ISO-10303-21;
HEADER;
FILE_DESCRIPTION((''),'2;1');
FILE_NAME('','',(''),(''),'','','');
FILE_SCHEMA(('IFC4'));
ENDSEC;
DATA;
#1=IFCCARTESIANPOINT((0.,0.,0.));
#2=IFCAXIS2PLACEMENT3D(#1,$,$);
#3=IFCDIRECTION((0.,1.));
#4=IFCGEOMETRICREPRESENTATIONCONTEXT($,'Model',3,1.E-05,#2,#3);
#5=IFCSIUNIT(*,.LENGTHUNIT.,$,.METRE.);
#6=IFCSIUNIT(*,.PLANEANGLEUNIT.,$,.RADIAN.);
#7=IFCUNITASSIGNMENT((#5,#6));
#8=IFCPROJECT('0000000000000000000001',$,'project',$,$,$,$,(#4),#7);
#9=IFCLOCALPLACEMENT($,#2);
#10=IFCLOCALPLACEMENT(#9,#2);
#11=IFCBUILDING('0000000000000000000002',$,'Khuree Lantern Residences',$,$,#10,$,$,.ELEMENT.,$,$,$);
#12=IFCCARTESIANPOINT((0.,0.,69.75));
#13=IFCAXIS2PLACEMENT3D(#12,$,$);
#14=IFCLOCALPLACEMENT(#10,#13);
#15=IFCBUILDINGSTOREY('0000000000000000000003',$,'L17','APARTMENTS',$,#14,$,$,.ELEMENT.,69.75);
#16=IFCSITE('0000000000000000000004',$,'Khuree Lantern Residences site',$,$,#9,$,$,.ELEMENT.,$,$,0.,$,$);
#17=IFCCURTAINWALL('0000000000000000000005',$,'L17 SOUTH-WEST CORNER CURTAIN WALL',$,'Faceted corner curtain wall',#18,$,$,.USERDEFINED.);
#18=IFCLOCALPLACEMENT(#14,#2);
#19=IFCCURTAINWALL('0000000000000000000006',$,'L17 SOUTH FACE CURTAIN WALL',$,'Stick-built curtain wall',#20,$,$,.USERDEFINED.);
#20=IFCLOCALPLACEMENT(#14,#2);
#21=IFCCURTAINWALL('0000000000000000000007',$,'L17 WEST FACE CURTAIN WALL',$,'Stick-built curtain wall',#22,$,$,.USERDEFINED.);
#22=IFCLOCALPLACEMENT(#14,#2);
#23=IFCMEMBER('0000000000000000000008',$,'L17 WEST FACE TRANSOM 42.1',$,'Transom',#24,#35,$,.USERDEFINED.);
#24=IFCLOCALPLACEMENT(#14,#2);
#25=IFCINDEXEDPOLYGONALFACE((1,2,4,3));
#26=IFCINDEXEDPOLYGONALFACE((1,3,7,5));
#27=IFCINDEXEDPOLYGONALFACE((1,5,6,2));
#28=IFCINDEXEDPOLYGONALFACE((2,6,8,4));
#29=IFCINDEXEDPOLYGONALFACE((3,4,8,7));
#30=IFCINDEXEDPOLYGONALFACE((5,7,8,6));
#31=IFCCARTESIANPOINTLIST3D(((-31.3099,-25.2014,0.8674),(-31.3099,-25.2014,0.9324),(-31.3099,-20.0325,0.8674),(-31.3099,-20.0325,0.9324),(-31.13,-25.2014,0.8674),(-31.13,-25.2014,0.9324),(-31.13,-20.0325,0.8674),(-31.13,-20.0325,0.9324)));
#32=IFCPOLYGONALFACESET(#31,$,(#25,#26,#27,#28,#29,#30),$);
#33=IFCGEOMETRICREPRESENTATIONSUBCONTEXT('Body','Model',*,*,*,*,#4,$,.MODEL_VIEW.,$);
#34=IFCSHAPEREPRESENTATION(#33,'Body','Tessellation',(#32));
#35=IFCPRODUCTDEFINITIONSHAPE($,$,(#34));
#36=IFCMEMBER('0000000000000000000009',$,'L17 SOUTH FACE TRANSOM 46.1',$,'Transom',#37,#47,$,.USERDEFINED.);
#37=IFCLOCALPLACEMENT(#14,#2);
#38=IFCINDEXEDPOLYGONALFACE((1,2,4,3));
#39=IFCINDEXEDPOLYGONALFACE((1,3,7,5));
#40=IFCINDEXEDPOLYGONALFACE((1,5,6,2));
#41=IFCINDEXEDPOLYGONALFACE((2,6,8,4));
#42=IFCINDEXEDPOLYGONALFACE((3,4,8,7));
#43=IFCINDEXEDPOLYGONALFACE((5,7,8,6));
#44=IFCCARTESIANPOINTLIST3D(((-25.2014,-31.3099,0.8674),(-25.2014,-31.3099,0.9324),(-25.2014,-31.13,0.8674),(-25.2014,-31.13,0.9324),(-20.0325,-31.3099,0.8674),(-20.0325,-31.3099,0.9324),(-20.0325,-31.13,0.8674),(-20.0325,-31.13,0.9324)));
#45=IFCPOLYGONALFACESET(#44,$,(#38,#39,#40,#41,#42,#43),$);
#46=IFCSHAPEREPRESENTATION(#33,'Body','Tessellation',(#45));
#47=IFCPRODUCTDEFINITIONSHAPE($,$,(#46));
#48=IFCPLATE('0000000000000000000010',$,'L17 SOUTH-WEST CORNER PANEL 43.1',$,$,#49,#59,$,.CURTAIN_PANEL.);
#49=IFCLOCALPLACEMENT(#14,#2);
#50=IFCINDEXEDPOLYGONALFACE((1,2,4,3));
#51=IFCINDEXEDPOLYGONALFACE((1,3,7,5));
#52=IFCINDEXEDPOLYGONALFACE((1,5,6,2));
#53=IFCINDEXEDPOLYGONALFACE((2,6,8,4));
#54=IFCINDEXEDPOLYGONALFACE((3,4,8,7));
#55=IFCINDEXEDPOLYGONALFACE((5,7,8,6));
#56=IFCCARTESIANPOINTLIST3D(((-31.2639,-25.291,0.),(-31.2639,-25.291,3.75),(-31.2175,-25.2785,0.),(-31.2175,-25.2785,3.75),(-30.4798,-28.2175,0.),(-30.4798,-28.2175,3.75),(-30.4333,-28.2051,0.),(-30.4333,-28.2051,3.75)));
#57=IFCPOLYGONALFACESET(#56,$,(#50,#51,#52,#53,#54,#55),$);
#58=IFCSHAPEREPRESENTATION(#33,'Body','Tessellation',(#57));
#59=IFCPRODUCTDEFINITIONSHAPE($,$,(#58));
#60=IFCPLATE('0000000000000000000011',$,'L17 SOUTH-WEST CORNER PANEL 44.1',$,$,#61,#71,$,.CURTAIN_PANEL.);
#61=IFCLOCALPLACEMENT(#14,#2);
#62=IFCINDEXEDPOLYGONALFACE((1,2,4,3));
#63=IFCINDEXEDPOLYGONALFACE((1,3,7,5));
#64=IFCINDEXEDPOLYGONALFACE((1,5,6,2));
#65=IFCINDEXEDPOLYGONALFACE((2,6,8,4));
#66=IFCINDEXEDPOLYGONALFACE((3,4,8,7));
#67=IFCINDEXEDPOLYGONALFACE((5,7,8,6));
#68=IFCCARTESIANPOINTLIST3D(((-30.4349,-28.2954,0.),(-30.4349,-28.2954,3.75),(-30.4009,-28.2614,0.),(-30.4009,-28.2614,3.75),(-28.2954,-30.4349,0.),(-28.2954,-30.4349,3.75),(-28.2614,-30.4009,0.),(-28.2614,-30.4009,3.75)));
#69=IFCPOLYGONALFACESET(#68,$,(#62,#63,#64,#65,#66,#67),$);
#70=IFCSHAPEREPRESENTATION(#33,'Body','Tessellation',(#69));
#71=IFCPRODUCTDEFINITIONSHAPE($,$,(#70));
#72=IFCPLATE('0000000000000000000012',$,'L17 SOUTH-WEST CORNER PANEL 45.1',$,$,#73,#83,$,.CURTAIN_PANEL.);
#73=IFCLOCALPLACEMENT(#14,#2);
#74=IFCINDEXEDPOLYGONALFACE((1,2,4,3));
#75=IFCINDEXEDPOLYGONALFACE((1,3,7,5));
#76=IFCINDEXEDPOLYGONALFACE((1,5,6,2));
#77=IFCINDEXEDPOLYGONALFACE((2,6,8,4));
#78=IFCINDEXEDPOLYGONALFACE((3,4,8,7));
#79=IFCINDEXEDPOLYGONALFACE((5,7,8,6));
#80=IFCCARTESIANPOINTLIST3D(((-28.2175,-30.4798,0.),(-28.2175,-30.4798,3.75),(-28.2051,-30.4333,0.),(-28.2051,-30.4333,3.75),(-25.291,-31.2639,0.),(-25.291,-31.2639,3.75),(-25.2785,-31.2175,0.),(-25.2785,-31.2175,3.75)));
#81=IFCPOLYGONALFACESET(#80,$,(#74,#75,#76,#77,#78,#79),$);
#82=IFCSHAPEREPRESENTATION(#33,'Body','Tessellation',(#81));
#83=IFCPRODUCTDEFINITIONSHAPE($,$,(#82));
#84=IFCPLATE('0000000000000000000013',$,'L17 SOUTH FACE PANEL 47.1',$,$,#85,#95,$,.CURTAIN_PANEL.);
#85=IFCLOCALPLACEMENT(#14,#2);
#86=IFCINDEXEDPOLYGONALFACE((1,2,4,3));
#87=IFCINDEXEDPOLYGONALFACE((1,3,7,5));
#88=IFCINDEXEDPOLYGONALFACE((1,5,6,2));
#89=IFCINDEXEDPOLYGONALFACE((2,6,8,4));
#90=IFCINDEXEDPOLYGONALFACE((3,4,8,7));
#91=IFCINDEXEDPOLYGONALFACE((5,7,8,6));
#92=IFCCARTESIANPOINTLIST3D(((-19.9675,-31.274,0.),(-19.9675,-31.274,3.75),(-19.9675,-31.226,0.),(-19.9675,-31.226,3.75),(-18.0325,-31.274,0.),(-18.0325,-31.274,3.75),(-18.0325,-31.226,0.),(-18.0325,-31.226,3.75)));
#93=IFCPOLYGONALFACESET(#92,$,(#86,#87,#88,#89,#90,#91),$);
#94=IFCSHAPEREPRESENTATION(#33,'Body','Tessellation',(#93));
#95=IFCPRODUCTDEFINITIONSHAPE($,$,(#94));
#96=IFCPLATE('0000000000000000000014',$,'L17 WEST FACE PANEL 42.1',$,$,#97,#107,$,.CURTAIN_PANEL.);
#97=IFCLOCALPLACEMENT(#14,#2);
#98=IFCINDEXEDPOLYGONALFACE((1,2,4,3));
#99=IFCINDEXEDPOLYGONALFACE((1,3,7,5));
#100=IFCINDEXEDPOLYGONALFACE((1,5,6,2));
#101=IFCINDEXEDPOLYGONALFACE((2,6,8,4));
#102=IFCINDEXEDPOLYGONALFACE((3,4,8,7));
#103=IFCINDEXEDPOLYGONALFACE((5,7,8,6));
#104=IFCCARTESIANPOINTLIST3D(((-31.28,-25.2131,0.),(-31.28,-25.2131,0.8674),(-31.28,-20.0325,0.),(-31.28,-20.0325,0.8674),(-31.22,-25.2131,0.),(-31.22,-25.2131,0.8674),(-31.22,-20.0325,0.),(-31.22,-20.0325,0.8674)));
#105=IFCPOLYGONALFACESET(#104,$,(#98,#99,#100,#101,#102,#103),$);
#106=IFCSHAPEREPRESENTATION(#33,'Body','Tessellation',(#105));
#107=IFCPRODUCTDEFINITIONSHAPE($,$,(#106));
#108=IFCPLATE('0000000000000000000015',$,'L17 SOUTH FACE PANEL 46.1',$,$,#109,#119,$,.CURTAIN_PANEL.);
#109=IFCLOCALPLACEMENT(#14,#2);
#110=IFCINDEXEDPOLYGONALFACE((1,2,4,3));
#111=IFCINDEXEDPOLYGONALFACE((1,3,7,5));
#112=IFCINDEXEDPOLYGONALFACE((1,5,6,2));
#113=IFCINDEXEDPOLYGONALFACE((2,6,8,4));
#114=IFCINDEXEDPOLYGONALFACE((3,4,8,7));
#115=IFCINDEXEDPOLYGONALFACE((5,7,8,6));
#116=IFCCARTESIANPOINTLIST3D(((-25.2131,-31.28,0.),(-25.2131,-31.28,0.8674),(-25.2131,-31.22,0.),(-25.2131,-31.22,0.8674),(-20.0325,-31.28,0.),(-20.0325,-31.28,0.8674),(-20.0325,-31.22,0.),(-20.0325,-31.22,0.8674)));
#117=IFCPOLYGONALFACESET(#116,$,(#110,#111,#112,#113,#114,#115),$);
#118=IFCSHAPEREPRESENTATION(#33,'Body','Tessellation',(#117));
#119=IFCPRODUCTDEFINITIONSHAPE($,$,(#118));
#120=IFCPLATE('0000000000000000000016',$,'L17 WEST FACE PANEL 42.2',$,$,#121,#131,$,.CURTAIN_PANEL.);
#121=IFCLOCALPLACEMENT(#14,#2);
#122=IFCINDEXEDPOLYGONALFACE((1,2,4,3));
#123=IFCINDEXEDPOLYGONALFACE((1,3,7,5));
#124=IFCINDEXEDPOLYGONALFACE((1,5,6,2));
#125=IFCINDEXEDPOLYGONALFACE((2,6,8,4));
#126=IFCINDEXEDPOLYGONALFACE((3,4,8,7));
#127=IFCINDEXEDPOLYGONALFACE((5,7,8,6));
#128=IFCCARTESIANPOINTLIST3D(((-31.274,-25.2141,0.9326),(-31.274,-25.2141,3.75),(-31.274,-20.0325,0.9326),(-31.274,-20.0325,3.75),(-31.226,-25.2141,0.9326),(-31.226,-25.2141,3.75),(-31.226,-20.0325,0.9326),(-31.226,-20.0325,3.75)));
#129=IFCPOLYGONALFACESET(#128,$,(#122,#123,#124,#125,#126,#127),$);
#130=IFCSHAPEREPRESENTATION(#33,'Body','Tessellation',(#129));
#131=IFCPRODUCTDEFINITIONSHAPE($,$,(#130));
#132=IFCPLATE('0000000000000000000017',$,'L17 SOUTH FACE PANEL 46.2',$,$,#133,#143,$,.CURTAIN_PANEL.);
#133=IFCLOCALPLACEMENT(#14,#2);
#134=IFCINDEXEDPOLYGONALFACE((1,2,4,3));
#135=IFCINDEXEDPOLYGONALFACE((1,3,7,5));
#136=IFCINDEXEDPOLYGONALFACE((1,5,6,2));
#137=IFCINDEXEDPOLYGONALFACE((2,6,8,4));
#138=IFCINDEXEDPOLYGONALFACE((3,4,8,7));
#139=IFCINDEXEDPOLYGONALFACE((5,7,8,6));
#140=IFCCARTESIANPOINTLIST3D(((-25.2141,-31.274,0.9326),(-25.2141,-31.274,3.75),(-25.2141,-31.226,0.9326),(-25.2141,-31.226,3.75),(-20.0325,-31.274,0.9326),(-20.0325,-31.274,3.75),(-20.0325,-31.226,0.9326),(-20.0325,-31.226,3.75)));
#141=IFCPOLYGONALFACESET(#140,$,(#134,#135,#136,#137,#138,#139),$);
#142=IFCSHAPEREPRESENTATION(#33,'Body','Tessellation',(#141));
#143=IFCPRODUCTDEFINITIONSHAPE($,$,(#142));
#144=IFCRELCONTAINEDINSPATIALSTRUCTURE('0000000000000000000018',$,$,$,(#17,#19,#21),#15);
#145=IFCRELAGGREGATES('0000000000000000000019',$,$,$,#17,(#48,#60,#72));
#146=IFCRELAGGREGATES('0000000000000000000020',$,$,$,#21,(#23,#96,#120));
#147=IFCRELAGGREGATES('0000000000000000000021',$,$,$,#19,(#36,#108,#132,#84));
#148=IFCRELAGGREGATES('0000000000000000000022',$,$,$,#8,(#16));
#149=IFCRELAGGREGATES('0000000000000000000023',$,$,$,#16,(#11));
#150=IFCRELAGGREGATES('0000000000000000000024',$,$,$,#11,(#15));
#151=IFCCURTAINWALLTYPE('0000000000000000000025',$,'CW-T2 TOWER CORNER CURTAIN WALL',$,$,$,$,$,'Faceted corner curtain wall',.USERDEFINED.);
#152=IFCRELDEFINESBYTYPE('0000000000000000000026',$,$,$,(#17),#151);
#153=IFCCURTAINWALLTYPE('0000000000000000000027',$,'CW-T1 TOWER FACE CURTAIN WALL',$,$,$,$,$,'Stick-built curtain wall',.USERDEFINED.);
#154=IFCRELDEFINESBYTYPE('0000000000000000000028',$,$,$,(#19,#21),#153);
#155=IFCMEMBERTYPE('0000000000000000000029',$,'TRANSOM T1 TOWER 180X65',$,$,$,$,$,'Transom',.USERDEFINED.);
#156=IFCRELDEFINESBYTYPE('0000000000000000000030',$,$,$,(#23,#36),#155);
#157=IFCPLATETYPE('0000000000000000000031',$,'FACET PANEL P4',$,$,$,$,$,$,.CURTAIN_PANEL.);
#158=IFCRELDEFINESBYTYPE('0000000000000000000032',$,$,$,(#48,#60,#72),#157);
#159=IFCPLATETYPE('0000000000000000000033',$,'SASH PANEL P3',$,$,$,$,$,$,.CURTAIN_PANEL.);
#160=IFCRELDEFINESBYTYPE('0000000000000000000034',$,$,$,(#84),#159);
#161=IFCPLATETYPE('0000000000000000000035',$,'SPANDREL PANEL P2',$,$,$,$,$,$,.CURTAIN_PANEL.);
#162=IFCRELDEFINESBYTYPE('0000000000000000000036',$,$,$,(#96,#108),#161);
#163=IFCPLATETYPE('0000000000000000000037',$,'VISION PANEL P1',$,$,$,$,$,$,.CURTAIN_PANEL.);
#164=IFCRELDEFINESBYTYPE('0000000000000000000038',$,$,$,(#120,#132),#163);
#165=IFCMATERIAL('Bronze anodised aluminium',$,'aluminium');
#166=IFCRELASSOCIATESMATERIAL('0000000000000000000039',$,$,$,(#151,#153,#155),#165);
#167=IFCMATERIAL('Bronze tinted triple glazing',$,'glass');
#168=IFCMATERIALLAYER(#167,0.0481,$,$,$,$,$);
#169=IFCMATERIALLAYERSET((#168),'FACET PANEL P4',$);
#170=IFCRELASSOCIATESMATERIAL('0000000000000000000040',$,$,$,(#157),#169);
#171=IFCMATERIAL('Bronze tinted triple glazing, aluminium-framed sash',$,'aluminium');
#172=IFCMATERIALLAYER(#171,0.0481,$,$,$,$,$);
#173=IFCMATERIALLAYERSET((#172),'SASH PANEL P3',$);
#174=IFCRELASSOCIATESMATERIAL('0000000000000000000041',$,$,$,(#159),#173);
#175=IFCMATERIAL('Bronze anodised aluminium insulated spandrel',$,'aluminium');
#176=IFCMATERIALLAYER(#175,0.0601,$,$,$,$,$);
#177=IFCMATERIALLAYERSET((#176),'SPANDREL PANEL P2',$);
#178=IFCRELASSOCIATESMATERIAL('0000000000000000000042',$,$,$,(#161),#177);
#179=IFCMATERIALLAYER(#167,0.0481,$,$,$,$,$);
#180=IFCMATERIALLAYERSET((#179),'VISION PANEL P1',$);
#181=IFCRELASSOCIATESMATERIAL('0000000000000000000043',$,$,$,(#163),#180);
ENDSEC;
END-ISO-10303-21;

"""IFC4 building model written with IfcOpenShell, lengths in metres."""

from ifc_helpers import new_model, si_unit, direction, frame, origin, origin_2d, place, context, subcontext, project, spatial, rectangle, extrude, material, layer, layer_set, material_profile, profile_set, type_object, element, aggregate, save


model = new_model("IFC4")

# Units and contexts
model_context = context("Model", 3, precision=1e-05, world=origin(), true_north=direction((0.0, 1.0)))
body_context = subcontext(model_context, "Body", "Model", "MODEL_VIEW")
ifc_project = project(units=[si_unit("LENGTHUNIT", "METRE"), si_unit("PLANEANGLEUNIT", "RADIAN")], contexts=[model_context])

# Site, building, storey
site_placement = place(None, origin())
site = spatial("IfcSite", under=ifc_project, at=site_placement, Name="Khuree Lantern Residences site", CompositionType="ELEMENT", RefElevation=0.0)
building_placement = place(site_placement, origin())
building = spatial("IfcBuilding", under=site, at=building_placement, Name="Khuree Lantern Residences", CompositionType="ELEMENT")
storey_placement = place(building_placement, frame((0.0, 0.0, 69.75)))
storey = spatial("IfcBuildingStorey", under=building, at=storey_placement, Name="L17", Description="APARTMENTS", CompositionType="ELEMENT", Elevation=69.75)

# Curtain walls
ifc_material_1 = material(Name="Bronze anodised aluminium", Category="aluminium")
curtain_wall_type_1 = type_object("IfcCurtainWallType", Name="CW-T2 TOWER CORNER CURTAIN WALL", ElementType="Faceted corner curtain wall", PredefinedType="USERDEFINED", material=ifc_material_1)
curtain_wall_1_placement = place(storey_placement, origin())
curtain_wall_1 = element("IfcCurtainWall", 1, at=curtain_wall_1_placement, inside=storey, type_object=curtain_wall_type_1, Name="L17 SOUTH-WEST CORNER CURTAIN WALL", ObjectType="Faceted corner curtain wall", PredefinedType="USERDEFINED")
curtain_wall_type_2 = type_object("IfcCurtainWallType", Name="CW-T1 TOWER FACE CURTAIN WALL", ElementType="Stick-built curtain wall", PredefinedType="USERDEFINED", material=ifc_material_1)
curtain_wall_2_placement = place(storey_placement, origin())
curtain_wall_2 = element("IfcCurtainWall", 2, at=curtain_wall_2_placement, inside=storey, type_object=curtain_wall_type_2, Name="L17 SOUTH FACE CURTAIN WALL", ObjectType="Stick-built curtain wall", PredefinedType="USERDEFINED")

# Curtain wall, member
curtain_wall_3_placement = place(storey_placement, origin())
curtain_wall_3 = element("IfcCurtainWall", 3, at=curtain_wall_3_placement, inside=storey, type_object=curtain_wall_type_2, Name="L17 WEST FACE CURTAIN WALL", ObjectType="Stick-built curtain wall", PredefinedType="USERDEFINED")
ifc_material_profile_1 = material_profile(ifc_material_1, rectangle(XDim=0.1799, YDim=0.0649, at=origin_2d()), Name="T1 180X65")
ifc_profile_set_1 = profile_set([ifc_material_profile_1], Name="Bronze anodised aluminium")
member_type_1 = type_object("IfcMemberType", Name="TRANSOM T1 TOWER 180X65", ElementType="Transom", PredefinedType="USERDEFINED", material=ifc_profile_set_1)
member_1_placement = place(storey_placement, frame((-31.22, -20.0325, 0.8999), z_axis=(0.0, -1.0, 0.0), x_axis=(1.0, 0.0, 0.0)))
member_1 = element("IfcMember", 4, at=member_1_placement, type_object=member_type_1, Name="L17 WEST FACE TRANSOM 42.1", ObjectType="Transom", PredefinedType="USERDEFINED", context=body_context, shape_type="SweptSolid", body=[
    extrude(rectangle(XDim=0.1799, YDim=0.0649, at=origin_2d()), origin(), (0.0, 0.0, 1.0), 5.1689),
])

# Member
member_2_placement = place(storey_placement, frame((-25.2014, -31.22, 0.8999), z_axis=(1.0, 0.0, 0.0), x_axis=(0.0, 1.0, 0.0)))
member_2 = element("IfcMember", 5, at=member_2_placement, type_object=member_type_1, Name="L17 SOUTH FACE TRANSOM 46.1", ObjectType="Transom", PredefinedType="USERDEFINED", context=body_context, shape_type="SweptSolid", body=[
    extrude(rectangle(XDim=0.1799, YDim=0.0649, at=origin_2d()), origin(), (0.0, 0.0, 1.0), 5.1689),
])

# Plates
ifc_material_2 = material(Name="Bronze tinted triple glazing", Category="glass")
ifc_layer_1 = layer(ifc_material_2, 0.0481)
ifc_layer_set_1 = layer_set([ifc_layer_1], Name="FACET PANEL P4")
plate_type_1 = type_object("IfcPlateType", Name="FACET PANEL P4", PredefinedType="CURTAIN_PANEL", material=ifc_layer_set_1)
plate_1_placement = place(storey_placement, frame((-30.8486, -26.748, 0.0), z_axis=(0.0, 0.0, 1.0), x_axis=(0.258819, -0.965926, 0.0)))
plate_1 = element("IfcPlate", 6, at=plate_1_placement, type_object=plate_type_1, Name="L17 SOUTH-WEST CORNER PANEL 43.1", PredefinedType="CURTAIN_PANEL", context=body_context, shape_type="SweptSolid", body=[
    extrude(rectangle(XDim=3.0298, YDim=0.0481, at=origin_2d()), origin(), (0.0, 0.0, 1.0), 3.75),
])
plate_2_placement = place(storey_placement, frame((-29.3481, -29.3481, 0.0), z_axis=(0.0, 0.0, 1.0), x_axis=(0.707107, -0.707107, 0.0)))
plate_2 = element("IfcPlate", 7, at=plate_2_placement, type_object=plate_type_1, Name="L17 SOUTH-WEST CORNER PANEL 44.1", PredefinedType="CURTAIN_PANEL", context=body_context, shape_type="SweptSolid", body=[
    extrude(rectangle(XDim=3.0256, YDim=0.0481, at=origin_2d()), origin(), (0.0, 0.0, 1.0), 3.75),
])
plate_3_placement = place(storey_placement, frame((-26.748, -30.8486, 0.0), z_axis=(0.0, 0.0, 1.0), x_axis=(0.965926, -0.258819, 0.0)))
plate_3 = element("IfcPlate", 8, at=plate_3_placement, type_object=plate_type_1, Name="L17 SOUTH-WEST CORNER PANEL 45.1", PredefinedType="CURTAIN_PANEL", context=body_context, shape_type="SweptSolid", body=[
    extrude(rectangle(XDim=3.0298, YDim=0.0481, at=origin_2d()), origin(), (0.0, 0.0, 1.0), 3.75),
])
aggregate(curtain_wall_1, [plate_1, plate_2, plate_3])
ifc_material_3 = material(Name="Bronze tinted triple glazing, aluminium-framed sash", Category="aluminium")
ifc_layer_2 = layer(ifc_material_3, 0.0481)
ifc_layer_set_2 = layer_set([ifc_layer_2], Name="SASH PANEL P3")
plate_type_2 = type_object("IfcPlateType", Name="SASH PANEL P3", PredefinedType="CURTAIN_PANEL", material=ifc_layer_set_2)
plate_4_placement = place(storey_placement, frame((-19.0, -31.25, 0.0), z_axis=(0.0, 0.0, 1.0), x_axis=(1.0, 0.0, 0.0)))
plate_4 = element("IfcPlate", 9, at=plate_4_placement, type_object=plate_type_2, Name="L17 SOUTH FACE PANEL 47.1", PredefinedType="CURTAIN_PANEL", context=body_context, shape_type="SweptSolid", body=[
    extrude(rectangle(XDim=1.9351, YDim=0.0481, at=origin_2d()), origin(), (0.0, 0.0, 1.0), 3.75),
])
ifc_material_4 = material(Name="Bronze anodised aluminium insulated spandrel", Category="aluminium")
ifc_layer_3 = layer(ifc_material_4, 0.0601)
ifc_layer_set_3 = layer_set([ifc_layer_3], Name="SPANDREL PANEL P2")
plate_type_3 = type_object("IfcPlateType", Name="SPANDREL PANEL P2", PredefinedType="CURTAIN_PANEL", material=ifc_layer_set_3)
plate_5_placement = place(storey_placement, frame((-31.25, -22.6228, 0.0), z_axis=(0.0, 0.0, 1.0), x_axis=(0.0, -1.0, 0.0)))
plate_5 = element("IfcPlate", 10, at=plate_5_placement, type_object=plate_type_3, Name="L17 WEST FACE PANEL 42.1", PredefinedType="CURTAIN_PANEL", context=body_context, shape_type="SweptSolid", body=[
    extrude(rectangle(XDim=5.1807, YDim=0.0601, at=origin_2d()), origin(), (0.0, 0.0, 1.0), 0.8674),
])
plate_6_placement = place(storey_placement, frame((-22.6228, -31.25, 0.0), z_axis=(0.0, 0.0, 1.0), x_axis=(1.0, 0.0, 0.0)))
plate_6 = element("IfcPlate", 11, at=plate_6_placement, type_object=plate_type_3, Name="L17 SOUTH FACE PANEL 46.1", PredefinedType="CURTAIN_PANEL", context=body_context, shape_type="SweptSolid", body=[
    extrude(rectangle(XDim=5.1807, YDim=0.0601, at=origin_2d()), origin(), (0.0, 0.0, 1.0), 0.8674),
])
ifc_layer_4 = layer(ifc_material_2, 0.0481)
ifc_layer_set_4 = layer_set([ifc_layer_4], Name="VISION PANEL P1")
plate_type_4 = type_object("IfcPlateType", Name="VISION PANEL P1", PredefinedType="CURTAIN_PANEL", material=ifc_layer_set_4)
plate_7_placement = place(storey_placement, frame((-31.25, -22.6233, 0.9326), z_axis=(0.0, 0.0, 1.0), x_axis=(0.0, -1.0, 0.0)))
plate_7 = element("IfcPlate", 12, at=plate_7_placement, type_object=plate_type_4, Name="L17 WEST FACE PANEL 42.2", PredefinedType="CURTAIN_PANEL", context=body_context, shape_type="SweptSolid", body=[
    extrude(rectangle(XDim=5.1816, YDim=0.0481, at=origin_2d()), origin(), (0.0, 0.0, 1.0), 2.8174),
])
aggregate(curtain_wall_3, [member_1, plate_5, plate_7])
plate_8_placement = place(storey_placement, frame((-22.6233, -31.25, 0.9326), z_axis=(0.0, 0.0, 1.0), x_axis=(1.0, 0.0, 0.0)))
plate_8 = element("IfcPlate", 13, at=plate_8_placement, type_object=plate_type_4, Name="L17 SOUTH FACE PANEL 46.2", PredefinedType="CURTAIN_PANEL", context=body_context, shape_type="SweptSolid", body=[
    extrude(rectangle(XDim=5.1816, YDim=0.0481, at=origin_2d()), origin(), (0.0, 0.0, 1.0), 2.8174),
])
aggregate(curtain_wall_2, [member_2, plate_6, plate_8, plate_4])

save(model, "model.ifc")
